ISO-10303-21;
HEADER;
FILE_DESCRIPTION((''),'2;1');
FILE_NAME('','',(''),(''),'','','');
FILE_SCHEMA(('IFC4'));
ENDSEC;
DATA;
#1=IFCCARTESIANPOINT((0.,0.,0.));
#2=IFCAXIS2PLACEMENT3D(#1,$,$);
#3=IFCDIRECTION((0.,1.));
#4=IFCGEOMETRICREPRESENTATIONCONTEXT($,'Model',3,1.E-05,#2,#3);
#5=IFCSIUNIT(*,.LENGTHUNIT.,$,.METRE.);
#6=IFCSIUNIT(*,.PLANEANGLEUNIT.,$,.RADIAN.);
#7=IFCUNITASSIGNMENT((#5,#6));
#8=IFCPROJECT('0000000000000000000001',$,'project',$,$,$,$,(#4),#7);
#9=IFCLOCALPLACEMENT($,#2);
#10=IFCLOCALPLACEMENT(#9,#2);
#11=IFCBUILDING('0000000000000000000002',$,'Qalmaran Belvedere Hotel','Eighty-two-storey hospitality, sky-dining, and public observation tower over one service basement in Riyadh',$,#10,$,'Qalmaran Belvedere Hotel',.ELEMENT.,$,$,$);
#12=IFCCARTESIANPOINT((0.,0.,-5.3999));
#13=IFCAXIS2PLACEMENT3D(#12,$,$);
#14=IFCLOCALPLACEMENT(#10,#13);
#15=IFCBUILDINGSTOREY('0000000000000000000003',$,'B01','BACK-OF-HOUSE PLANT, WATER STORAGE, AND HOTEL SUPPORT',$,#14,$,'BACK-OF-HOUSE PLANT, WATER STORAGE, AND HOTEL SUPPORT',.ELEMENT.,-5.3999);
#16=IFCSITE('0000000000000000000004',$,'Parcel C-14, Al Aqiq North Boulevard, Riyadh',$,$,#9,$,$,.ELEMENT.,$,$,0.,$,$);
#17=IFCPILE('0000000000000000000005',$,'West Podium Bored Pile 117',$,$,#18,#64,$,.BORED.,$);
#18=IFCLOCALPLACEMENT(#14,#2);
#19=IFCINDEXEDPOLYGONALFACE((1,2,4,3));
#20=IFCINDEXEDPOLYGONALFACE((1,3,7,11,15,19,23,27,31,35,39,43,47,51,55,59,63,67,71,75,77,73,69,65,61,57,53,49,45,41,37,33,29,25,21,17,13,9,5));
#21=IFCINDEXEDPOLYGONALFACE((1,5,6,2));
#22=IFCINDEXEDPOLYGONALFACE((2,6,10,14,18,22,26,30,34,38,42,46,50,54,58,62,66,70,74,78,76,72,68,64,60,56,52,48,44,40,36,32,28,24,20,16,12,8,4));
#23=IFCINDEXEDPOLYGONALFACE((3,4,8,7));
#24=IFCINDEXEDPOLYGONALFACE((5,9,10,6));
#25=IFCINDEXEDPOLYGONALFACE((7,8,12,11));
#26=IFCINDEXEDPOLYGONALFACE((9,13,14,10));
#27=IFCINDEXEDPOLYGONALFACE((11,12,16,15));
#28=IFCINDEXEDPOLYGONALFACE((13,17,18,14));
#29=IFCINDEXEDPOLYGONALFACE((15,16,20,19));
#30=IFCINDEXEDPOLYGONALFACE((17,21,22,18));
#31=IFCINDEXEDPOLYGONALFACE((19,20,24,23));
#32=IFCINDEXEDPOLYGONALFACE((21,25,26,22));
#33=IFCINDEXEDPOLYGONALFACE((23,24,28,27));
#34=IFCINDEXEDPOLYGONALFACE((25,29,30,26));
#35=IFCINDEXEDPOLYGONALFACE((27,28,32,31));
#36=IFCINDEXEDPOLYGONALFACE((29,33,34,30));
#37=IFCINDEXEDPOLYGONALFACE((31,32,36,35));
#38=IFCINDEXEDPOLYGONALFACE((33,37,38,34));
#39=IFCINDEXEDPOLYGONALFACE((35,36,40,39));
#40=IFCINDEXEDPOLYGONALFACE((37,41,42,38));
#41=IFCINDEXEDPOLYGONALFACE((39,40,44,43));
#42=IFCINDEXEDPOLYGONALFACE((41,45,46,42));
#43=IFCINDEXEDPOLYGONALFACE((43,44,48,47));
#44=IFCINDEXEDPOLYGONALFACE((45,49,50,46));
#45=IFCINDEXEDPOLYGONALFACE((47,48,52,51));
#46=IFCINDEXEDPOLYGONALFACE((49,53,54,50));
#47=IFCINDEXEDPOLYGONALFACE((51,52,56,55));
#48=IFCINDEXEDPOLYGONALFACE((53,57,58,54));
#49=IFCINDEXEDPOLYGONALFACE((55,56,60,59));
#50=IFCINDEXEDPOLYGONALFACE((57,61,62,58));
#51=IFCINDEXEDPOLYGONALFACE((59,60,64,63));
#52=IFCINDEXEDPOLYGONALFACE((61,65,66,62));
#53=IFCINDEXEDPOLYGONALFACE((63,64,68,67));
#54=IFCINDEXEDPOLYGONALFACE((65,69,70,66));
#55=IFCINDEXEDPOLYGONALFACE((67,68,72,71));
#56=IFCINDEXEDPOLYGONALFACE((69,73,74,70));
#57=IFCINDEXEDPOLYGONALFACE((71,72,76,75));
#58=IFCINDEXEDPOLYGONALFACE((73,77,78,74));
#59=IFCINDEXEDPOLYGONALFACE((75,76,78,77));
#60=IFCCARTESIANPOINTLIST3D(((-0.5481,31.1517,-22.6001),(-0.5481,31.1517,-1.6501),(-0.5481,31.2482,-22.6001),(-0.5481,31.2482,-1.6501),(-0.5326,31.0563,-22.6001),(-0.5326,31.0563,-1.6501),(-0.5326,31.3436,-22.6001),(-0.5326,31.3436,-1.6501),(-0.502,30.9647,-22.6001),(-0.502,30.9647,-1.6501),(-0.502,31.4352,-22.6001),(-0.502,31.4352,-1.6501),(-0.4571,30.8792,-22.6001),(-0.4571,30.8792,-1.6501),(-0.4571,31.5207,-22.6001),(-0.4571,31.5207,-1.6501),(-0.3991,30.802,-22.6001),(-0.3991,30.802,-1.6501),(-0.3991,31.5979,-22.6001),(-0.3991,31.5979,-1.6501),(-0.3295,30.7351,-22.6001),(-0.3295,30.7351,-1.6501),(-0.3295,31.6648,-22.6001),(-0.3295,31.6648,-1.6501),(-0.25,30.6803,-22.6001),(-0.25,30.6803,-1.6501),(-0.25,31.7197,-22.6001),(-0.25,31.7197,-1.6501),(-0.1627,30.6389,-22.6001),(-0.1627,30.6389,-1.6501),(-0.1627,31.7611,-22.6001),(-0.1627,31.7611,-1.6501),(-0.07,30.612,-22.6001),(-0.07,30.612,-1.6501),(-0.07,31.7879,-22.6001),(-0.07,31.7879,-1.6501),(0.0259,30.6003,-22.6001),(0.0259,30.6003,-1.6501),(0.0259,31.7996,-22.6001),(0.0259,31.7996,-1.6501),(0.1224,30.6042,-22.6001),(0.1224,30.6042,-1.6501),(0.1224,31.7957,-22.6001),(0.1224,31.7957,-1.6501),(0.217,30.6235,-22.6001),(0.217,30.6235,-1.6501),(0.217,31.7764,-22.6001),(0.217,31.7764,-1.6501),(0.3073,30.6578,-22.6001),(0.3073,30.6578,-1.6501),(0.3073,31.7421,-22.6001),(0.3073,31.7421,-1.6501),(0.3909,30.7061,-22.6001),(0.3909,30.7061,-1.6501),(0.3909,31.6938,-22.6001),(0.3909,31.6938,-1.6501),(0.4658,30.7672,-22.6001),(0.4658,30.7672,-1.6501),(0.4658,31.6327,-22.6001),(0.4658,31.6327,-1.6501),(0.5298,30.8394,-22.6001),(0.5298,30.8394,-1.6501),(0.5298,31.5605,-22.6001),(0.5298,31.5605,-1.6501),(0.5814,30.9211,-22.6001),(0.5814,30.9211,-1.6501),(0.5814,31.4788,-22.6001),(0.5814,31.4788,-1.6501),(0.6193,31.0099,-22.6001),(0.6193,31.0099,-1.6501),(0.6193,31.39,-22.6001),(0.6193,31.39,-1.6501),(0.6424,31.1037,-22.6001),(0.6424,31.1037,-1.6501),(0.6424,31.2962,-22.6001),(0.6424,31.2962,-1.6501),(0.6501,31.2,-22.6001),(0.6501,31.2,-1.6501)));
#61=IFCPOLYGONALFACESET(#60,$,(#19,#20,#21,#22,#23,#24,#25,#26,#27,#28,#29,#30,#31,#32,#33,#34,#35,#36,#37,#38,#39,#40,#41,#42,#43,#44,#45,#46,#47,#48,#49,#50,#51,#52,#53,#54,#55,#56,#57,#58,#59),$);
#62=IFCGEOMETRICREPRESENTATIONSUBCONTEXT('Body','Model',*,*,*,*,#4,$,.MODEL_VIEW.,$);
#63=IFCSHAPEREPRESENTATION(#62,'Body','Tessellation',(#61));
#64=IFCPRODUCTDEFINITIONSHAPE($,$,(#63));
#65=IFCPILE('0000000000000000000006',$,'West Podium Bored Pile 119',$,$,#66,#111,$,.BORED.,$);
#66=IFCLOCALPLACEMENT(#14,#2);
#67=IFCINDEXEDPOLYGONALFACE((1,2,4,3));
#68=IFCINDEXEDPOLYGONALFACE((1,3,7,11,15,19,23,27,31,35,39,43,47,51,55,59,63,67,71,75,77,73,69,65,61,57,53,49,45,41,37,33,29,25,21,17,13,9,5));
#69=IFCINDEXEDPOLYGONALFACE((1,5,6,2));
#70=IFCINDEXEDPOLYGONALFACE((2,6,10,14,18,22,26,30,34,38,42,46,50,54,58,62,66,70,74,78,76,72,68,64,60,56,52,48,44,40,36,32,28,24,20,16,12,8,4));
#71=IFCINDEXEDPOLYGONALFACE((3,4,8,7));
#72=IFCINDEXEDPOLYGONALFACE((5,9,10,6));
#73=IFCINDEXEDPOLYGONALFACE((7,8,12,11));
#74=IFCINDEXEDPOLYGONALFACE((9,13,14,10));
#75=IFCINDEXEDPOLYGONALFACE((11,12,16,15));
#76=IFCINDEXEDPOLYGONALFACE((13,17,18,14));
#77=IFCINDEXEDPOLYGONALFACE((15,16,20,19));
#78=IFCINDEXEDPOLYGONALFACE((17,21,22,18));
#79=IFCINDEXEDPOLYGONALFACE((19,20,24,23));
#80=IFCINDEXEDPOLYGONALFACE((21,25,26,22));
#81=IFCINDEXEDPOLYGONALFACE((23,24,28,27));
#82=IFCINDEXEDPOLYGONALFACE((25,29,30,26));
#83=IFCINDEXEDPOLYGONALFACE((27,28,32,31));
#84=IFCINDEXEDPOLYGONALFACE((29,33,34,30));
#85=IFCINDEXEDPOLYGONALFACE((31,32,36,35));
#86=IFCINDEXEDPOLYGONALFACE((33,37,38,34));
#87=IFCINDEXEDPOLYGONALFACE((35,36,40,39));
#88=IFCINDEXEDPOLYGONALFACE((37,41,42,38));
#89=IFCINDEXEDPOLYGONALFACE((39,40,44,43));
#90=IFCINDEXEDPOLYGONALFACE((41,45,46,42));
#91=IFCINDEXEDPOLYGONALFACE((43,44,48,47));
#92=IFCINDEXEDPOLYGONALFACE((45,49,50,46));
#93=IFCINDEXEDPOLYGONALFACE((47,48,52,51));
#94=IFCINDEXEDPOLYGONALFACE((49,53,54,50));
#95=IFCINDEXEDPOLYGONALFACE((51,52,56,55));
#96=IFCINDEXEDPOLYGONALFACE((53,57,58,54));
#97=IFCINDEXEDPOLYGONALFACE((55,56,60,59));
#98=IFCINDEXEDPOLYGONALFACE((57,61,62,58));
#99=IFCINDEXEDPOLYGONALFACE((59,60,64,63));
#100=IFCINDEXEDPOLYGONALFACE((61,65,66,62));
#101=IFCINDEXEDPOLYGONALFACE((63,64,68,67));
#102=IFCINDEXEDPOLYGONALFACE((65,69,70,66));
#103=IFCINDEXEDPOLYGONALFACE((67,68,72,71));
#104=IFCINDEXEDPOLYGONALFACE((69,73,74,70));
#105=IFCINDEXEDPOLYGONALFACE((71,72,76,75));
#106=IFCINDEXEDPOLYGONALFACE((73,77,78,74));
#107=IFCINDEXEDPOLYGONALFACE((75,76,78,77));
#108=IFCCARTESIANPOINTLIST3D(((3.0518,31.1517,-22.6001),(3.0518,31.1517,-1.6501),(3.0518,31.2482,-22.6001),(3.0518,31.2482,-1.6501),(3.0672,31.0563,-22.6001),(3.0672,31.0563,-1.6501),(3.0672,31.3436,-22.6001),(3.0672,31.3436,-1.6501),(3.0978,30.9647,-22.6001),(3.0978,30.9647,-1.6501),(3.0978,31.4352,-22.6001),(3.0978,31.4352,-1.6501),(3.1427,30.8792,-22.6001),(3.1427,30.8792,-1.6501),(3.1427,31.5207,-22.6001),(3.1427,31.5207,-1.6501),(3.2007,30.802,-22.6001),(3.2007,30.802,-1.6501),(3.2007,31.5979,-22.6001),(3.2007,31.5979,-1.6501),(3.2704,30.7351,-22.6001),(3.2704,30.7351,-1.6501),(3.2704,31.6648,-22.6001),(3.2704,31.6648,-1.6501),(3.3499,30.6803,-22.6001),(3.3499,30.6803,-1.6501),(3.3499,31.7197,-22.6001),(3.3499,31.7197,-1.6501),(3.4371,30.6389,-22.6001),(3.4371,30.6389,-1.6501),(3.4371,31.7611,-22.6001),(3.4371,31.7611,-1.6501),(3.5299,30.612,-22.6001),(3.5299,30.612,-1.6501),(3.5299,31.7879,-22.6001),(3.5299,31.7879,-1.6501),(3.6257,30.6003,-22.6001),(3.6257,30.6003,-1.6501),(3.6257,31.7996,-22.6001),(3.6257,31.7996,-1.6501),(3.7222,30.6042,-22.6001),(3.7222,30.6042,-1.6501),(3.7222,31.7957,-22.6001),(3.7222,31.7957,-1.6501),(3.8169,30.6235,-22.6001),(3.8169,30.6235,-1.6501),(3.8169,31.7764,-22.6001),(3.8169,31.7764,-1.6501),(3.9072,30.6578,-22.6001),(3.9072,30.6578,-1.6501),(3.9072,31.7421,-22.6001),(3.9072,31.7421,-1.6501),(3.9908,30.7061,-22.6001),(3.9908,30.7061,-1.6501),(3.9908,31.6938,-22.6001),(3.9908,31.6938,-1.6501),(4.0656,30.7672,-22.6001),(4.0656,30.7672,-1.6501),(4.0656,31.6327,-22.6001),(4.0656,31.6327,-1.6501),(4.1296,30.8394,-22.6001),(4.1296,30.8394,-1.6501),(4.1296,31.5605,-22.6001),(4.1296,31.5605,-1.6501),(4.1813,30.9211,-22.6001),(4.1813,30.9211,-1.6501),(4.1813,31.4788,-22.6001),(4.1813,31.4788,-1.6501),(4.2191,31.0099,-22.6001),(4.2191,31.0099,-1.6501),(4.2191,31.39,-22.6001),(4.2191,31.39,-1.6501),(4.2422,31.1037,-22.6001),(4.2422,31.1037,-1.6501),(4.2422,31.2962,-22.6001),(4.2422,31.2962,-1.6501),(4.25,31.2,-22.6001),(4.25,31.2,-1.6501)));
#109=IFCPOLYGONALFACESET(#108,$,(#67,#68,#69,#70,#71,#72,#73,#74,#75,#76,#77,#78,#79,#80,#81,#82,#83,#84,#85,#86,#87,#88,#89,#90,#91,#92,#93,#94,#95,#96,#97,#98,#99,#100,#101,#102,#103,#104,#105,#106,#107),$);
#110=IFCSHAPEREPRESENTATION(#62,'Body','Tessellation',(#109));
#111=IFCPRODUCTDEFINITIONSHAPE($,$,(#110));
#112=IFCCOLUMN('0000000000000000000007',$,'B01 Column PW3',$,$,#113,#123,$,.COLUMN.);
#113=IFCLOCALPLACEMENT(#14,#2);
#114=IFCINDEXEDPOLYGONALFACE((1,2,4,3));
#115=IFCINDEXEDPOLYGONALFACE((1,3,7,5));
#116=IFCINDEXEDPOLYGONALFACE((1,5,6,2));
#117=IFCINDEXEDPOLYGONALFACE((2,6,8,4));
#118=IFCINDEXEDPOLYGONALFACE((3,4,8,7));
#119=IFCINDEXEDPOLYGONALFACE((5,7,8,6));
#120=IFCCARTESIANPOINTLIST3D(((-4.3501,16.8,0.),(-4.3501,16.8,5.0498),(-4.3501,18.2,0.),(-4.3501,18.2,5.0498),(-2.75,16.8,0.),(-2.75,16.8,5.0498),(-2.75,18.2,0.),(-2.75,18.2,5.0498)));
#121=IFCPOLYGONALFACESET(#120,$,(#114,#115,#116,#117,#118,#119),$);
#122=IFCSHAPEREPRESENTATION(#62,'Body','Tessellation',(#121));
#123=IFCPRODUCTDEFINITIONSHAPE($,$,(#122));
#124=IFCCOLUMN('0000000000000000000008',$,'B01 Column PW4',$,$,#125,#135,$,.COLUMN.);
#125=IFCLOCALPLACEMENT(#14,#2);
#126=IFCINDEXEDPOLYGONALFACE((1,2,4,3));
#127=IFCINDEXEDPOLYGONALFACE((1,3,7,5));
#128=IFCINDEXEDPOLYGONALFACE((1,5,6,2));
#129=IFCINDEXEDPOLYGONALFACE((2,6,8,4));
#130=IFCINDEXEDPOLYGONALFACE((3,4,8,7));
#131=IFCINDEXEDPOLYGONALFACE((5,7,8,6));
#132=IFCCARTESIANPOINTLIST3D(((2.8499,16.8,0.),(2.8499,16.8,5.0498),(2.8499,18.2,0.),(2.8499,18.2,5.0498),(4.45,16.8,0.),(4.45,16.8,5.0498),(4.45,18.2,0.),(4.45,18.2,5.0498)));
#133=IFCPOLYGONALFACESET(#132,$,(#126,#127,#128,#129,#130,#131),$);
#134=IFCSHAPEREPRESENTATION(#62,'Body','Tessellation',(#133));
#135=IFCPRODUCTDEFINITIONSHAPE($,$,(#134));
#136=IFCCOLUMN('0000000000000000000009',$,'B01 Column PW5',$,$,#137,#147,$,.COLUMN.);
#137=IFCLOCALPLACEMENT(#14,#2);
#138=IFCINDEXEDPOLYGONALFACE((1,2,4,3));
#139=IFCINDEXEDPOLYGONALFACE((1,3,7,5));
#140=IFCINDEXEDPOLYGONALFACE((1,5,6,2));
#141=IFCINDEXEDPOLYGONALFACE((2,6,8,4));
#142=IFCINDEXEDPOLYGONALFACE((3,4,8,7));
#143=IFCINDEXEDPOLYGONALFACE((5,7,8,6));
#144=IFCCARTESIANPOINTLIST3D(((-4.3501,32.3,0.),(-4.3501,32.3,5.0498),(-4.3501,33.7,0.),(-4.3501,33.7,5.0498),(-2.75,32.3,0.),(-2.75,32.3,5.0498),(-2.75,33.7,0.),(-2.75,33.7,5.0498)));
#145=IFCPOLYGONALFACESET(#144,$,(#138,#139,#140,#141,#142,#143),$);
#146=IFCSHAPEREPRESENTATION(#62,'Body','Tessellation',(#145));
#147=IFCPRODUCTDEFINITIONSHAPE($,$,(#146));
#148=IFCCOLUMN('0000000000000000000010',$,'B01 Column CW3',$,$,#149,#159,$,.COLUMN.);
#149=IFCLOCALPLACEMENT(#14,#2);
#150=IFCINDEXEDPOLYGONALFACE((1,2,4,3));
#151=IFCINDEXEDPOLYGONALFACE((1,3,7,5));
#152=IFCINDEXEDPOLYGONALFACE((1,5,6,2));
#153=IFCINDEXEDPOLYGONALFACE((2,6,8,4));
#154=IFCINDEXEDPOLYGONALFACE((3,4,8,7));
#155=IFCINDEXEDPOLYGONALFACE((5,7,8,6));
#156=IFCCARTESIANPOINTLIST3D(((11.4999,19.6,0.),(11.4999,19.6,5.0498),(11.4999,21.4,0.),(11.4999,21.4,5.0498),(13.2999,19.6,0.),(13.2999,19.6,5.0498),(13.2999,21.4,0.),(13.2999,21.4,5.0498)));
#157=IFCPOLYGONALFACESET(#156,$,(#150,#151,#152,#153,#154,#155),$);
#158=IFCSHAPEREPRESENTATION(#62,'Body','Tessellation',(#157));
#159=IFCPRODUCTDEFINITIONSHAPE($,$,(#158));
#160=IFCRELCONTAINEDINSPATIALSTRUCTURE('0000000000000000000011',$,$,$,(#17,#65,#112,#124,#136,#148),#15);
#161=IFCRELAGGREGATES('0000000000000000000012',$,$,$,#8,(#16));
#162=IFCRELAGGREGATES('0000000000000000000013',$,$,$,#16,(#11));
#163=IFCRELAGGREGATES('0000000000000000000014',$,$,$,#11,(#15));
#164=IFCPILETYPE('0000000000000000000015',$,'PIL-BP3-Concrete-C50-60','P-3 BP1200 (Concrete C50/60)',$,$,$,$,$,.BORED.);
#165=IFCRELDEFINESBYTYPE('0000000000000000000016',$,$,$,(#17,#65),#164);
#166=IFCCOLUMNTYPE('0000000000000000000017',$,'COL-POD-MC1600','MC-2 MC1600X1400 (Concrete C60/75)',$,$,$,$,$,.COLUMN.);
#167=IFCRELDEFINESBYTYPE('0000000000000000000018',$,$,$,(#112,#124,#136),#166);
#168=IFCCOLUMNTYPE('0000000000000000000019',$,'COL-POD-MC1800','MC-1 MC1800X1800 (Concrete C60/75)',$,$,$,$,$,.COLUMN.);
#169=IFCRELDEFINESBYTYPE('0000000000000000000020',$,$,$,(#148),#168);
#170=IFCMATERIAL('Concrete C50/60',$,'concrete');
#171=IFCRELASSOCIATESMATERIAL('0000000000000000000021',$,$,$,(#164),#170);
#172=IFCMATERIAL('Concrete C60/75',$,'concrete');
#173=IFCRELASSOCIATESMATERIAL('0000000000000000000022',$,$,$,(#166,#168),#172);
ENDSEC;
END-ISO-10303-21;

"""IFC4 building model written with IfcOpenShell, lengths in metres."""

from ifc_helpers import new_model, si_unit, direction, frame, origin, origin_2d, place, context, subcontext, project, spatial, rectangle, circle, extrude, material, material_profile, profile_set, type_object, element, save


model = new_model("IFC4")

# Units and contexts
model_context = context("Model", 3, precision=1e-05, world=origin(), true_north=direction((0.0, 1.0)))
body_context = subcontext(model_context, "Body", "Model", "MODEL_VIEW")
ifc_project = project(units=[si_unit("LENGTHUNIT", "METRE"), si_unit("PLANEANGLEUNIT", "RADIAN")], contexts=[model_context])

# Site, building, storey
site_placement = place(None, origin())
site = spatial("IfcSite", under=ifc_project, at=site_placement, Name="Parcel C-14, Al Aqiq North Boulevard, Riyadh", CompositionType="ELEMENT", RefElevation=0.0)
building_placement = place(site_placement, origin())
building = spatial("IfcBuilding", under=site, at=building_placement, Name="Qalmaran Belvedere Hotel", Description="Eighty-two-storey hospitality, sky-dining, and public observation tower over one service basement in Riyadh", LongName="Qalmaran Belvedere Hotel", CompositionType="ELEMENT")
storey_placement = place(building_placement, frame((0.0, 0.0, -5.3999)))
storey = spatial("IfcBuildingStorey", under=building, at=storey_placement, Name="B01", Description="BACK-OF-HOUSE PLANT, WATER STORAGE, AND HOTEL SUPPORT", LongName="BACK-OF-HOUSE PLANT, WATER STORAGE, AND HOTEL SUPPORT", CompositionType="ELEMENT", Elevation=-5.3999)

# Shared definitions
ifc_material_1 = material(Name="Concrete C50/60", Category="concrete")

# Piles
ifc_material_profile_1 = material_profile(ifc_material_1, circle(Radius=0.6001, at=origin_2d()), Name="BP1200")
ifc_profile_set_1 = profile_set([ifc_material_profile_1], Name="Concrete C50/60")
pile_type_1 = type_object("IfcPileType", Name="PIL-BP3-Concrete-C50-60", Description="P-3 BP1200 (Concrete C50/60)", PredefinedType="BORED", material=ifc_profile_set_1)
for number, where, z_axis, x_axis, name in (
    (1, (0.05, 31.2, -1.6501), (0.0, 0.0, -1.0), (1.0, 0.0, 0.0), "West Podium Bored Pile 117"),
    (2, (3.6499, 31.2, -1.6501), (0.0, 0.0, -1.0), (1.0, 0.0, 0.0), "West Podium Bored Pile 119"),
):
    element("IfcPile", number, at=place(storey_placement, frame(where, z_axis=z_axis, x_axis=x_axis)), inside=storey, type_object=pile_type_1, Name=name, PredefinedType="BORED", context=body_context, shape_type="SweptSolid", body=[
        extrude(circle(Radius=0.6001, at=origin_2d()), origin(), (0.0, 0.0, 1.0), 20.95),
    ])

# Columns
ifc_material_2 = material(Name="Concrete C60/75", Category="concrete")
ifc_material_profile_2 = material_profile(ifc_material_2, rectangle(XDim=1.6001, YDim=1.3999, at=origin_2d()), Name="MC1600X1400")
ifc_profile_set_2 = profile_set([ifc_material_profile_2], Name="Concrete C60/75")
column_type_1 = type_object("IfcColumnType", Name="COL-POD-MC1600", Description="MC-2 MC1600X1400 (Concrete C60/75)", PredefinedType="COLUMN", material=ifc_profile_set_2)
for number, where, z_axis, x_axis, name in (
    (3, (-3.55, 17.5, 0.0), (0.0, 0.0, 1.0), (1.0, 0.0, 0.0), "B01 Column PW3"),
    (4, (3.6499, 17.5, 0.0), (0.0, 0.0, 1.0), (1.0, 0.0, 0.0), "B01 Column PW4"),
    (5, (-3.55, 33.0, 0.0), (0.0, 0.0, 1.0), (1.0, 0.0, 0.0), "B01 Column PW5"),
):
    element("IfcColumn", number, at=place(storey_placement, frame(where, z_axis=z_axis, x_axis=x_axis)), inside=storey, type_object=column_type_1, Name=name, PredefinedType="COLUMN", context=body_context, shape_type="SweptSolid", body=[
        extrude(rectangle(XDim=1.6001, YDim=1.3999, at=origin_2d()), origin(), (0.0, 0.0, 1.0), 5.0498),
    ])
ifc_material_profile_3 = material_profile(ifc_material_2, rectangle(XDim=1.8, YDim=1.8, at=origin_2d()), Name="MC1800X1800")
ifc_profile_set_3 = profile_set([ifc_material_profile_3], Name="Concrete C60/75")
column_type_2 = type_object("IfcColumnType", Name="COL-POD-MC1800", Description="MC-1 MC1800X1800 (Concrete C60/75)", PredefinedType="COLUMN", material=ifc_profile_set_3)
column_placement = place(storey_placement, frame((12.3999, 20.5, 0.0), z_axis=(0.0, 0.0, 1.0), x_axis=(1.0, 0.0, 0.0)))
element("IfcColumn", 6, at=column_placement, inside=storey, type_object=column_type_2, Name="B01 Column CW3", PredefinedType="COLUMN", context=body_context, shape_type="SweptSolid", body=[
    extrude(rectangle(XDim=1.8, YDim=1.8, at=origin_2d()), origin(), (0.0, 0.0, 1.0), 5.0498),
])

save(model, "model.ifc")
